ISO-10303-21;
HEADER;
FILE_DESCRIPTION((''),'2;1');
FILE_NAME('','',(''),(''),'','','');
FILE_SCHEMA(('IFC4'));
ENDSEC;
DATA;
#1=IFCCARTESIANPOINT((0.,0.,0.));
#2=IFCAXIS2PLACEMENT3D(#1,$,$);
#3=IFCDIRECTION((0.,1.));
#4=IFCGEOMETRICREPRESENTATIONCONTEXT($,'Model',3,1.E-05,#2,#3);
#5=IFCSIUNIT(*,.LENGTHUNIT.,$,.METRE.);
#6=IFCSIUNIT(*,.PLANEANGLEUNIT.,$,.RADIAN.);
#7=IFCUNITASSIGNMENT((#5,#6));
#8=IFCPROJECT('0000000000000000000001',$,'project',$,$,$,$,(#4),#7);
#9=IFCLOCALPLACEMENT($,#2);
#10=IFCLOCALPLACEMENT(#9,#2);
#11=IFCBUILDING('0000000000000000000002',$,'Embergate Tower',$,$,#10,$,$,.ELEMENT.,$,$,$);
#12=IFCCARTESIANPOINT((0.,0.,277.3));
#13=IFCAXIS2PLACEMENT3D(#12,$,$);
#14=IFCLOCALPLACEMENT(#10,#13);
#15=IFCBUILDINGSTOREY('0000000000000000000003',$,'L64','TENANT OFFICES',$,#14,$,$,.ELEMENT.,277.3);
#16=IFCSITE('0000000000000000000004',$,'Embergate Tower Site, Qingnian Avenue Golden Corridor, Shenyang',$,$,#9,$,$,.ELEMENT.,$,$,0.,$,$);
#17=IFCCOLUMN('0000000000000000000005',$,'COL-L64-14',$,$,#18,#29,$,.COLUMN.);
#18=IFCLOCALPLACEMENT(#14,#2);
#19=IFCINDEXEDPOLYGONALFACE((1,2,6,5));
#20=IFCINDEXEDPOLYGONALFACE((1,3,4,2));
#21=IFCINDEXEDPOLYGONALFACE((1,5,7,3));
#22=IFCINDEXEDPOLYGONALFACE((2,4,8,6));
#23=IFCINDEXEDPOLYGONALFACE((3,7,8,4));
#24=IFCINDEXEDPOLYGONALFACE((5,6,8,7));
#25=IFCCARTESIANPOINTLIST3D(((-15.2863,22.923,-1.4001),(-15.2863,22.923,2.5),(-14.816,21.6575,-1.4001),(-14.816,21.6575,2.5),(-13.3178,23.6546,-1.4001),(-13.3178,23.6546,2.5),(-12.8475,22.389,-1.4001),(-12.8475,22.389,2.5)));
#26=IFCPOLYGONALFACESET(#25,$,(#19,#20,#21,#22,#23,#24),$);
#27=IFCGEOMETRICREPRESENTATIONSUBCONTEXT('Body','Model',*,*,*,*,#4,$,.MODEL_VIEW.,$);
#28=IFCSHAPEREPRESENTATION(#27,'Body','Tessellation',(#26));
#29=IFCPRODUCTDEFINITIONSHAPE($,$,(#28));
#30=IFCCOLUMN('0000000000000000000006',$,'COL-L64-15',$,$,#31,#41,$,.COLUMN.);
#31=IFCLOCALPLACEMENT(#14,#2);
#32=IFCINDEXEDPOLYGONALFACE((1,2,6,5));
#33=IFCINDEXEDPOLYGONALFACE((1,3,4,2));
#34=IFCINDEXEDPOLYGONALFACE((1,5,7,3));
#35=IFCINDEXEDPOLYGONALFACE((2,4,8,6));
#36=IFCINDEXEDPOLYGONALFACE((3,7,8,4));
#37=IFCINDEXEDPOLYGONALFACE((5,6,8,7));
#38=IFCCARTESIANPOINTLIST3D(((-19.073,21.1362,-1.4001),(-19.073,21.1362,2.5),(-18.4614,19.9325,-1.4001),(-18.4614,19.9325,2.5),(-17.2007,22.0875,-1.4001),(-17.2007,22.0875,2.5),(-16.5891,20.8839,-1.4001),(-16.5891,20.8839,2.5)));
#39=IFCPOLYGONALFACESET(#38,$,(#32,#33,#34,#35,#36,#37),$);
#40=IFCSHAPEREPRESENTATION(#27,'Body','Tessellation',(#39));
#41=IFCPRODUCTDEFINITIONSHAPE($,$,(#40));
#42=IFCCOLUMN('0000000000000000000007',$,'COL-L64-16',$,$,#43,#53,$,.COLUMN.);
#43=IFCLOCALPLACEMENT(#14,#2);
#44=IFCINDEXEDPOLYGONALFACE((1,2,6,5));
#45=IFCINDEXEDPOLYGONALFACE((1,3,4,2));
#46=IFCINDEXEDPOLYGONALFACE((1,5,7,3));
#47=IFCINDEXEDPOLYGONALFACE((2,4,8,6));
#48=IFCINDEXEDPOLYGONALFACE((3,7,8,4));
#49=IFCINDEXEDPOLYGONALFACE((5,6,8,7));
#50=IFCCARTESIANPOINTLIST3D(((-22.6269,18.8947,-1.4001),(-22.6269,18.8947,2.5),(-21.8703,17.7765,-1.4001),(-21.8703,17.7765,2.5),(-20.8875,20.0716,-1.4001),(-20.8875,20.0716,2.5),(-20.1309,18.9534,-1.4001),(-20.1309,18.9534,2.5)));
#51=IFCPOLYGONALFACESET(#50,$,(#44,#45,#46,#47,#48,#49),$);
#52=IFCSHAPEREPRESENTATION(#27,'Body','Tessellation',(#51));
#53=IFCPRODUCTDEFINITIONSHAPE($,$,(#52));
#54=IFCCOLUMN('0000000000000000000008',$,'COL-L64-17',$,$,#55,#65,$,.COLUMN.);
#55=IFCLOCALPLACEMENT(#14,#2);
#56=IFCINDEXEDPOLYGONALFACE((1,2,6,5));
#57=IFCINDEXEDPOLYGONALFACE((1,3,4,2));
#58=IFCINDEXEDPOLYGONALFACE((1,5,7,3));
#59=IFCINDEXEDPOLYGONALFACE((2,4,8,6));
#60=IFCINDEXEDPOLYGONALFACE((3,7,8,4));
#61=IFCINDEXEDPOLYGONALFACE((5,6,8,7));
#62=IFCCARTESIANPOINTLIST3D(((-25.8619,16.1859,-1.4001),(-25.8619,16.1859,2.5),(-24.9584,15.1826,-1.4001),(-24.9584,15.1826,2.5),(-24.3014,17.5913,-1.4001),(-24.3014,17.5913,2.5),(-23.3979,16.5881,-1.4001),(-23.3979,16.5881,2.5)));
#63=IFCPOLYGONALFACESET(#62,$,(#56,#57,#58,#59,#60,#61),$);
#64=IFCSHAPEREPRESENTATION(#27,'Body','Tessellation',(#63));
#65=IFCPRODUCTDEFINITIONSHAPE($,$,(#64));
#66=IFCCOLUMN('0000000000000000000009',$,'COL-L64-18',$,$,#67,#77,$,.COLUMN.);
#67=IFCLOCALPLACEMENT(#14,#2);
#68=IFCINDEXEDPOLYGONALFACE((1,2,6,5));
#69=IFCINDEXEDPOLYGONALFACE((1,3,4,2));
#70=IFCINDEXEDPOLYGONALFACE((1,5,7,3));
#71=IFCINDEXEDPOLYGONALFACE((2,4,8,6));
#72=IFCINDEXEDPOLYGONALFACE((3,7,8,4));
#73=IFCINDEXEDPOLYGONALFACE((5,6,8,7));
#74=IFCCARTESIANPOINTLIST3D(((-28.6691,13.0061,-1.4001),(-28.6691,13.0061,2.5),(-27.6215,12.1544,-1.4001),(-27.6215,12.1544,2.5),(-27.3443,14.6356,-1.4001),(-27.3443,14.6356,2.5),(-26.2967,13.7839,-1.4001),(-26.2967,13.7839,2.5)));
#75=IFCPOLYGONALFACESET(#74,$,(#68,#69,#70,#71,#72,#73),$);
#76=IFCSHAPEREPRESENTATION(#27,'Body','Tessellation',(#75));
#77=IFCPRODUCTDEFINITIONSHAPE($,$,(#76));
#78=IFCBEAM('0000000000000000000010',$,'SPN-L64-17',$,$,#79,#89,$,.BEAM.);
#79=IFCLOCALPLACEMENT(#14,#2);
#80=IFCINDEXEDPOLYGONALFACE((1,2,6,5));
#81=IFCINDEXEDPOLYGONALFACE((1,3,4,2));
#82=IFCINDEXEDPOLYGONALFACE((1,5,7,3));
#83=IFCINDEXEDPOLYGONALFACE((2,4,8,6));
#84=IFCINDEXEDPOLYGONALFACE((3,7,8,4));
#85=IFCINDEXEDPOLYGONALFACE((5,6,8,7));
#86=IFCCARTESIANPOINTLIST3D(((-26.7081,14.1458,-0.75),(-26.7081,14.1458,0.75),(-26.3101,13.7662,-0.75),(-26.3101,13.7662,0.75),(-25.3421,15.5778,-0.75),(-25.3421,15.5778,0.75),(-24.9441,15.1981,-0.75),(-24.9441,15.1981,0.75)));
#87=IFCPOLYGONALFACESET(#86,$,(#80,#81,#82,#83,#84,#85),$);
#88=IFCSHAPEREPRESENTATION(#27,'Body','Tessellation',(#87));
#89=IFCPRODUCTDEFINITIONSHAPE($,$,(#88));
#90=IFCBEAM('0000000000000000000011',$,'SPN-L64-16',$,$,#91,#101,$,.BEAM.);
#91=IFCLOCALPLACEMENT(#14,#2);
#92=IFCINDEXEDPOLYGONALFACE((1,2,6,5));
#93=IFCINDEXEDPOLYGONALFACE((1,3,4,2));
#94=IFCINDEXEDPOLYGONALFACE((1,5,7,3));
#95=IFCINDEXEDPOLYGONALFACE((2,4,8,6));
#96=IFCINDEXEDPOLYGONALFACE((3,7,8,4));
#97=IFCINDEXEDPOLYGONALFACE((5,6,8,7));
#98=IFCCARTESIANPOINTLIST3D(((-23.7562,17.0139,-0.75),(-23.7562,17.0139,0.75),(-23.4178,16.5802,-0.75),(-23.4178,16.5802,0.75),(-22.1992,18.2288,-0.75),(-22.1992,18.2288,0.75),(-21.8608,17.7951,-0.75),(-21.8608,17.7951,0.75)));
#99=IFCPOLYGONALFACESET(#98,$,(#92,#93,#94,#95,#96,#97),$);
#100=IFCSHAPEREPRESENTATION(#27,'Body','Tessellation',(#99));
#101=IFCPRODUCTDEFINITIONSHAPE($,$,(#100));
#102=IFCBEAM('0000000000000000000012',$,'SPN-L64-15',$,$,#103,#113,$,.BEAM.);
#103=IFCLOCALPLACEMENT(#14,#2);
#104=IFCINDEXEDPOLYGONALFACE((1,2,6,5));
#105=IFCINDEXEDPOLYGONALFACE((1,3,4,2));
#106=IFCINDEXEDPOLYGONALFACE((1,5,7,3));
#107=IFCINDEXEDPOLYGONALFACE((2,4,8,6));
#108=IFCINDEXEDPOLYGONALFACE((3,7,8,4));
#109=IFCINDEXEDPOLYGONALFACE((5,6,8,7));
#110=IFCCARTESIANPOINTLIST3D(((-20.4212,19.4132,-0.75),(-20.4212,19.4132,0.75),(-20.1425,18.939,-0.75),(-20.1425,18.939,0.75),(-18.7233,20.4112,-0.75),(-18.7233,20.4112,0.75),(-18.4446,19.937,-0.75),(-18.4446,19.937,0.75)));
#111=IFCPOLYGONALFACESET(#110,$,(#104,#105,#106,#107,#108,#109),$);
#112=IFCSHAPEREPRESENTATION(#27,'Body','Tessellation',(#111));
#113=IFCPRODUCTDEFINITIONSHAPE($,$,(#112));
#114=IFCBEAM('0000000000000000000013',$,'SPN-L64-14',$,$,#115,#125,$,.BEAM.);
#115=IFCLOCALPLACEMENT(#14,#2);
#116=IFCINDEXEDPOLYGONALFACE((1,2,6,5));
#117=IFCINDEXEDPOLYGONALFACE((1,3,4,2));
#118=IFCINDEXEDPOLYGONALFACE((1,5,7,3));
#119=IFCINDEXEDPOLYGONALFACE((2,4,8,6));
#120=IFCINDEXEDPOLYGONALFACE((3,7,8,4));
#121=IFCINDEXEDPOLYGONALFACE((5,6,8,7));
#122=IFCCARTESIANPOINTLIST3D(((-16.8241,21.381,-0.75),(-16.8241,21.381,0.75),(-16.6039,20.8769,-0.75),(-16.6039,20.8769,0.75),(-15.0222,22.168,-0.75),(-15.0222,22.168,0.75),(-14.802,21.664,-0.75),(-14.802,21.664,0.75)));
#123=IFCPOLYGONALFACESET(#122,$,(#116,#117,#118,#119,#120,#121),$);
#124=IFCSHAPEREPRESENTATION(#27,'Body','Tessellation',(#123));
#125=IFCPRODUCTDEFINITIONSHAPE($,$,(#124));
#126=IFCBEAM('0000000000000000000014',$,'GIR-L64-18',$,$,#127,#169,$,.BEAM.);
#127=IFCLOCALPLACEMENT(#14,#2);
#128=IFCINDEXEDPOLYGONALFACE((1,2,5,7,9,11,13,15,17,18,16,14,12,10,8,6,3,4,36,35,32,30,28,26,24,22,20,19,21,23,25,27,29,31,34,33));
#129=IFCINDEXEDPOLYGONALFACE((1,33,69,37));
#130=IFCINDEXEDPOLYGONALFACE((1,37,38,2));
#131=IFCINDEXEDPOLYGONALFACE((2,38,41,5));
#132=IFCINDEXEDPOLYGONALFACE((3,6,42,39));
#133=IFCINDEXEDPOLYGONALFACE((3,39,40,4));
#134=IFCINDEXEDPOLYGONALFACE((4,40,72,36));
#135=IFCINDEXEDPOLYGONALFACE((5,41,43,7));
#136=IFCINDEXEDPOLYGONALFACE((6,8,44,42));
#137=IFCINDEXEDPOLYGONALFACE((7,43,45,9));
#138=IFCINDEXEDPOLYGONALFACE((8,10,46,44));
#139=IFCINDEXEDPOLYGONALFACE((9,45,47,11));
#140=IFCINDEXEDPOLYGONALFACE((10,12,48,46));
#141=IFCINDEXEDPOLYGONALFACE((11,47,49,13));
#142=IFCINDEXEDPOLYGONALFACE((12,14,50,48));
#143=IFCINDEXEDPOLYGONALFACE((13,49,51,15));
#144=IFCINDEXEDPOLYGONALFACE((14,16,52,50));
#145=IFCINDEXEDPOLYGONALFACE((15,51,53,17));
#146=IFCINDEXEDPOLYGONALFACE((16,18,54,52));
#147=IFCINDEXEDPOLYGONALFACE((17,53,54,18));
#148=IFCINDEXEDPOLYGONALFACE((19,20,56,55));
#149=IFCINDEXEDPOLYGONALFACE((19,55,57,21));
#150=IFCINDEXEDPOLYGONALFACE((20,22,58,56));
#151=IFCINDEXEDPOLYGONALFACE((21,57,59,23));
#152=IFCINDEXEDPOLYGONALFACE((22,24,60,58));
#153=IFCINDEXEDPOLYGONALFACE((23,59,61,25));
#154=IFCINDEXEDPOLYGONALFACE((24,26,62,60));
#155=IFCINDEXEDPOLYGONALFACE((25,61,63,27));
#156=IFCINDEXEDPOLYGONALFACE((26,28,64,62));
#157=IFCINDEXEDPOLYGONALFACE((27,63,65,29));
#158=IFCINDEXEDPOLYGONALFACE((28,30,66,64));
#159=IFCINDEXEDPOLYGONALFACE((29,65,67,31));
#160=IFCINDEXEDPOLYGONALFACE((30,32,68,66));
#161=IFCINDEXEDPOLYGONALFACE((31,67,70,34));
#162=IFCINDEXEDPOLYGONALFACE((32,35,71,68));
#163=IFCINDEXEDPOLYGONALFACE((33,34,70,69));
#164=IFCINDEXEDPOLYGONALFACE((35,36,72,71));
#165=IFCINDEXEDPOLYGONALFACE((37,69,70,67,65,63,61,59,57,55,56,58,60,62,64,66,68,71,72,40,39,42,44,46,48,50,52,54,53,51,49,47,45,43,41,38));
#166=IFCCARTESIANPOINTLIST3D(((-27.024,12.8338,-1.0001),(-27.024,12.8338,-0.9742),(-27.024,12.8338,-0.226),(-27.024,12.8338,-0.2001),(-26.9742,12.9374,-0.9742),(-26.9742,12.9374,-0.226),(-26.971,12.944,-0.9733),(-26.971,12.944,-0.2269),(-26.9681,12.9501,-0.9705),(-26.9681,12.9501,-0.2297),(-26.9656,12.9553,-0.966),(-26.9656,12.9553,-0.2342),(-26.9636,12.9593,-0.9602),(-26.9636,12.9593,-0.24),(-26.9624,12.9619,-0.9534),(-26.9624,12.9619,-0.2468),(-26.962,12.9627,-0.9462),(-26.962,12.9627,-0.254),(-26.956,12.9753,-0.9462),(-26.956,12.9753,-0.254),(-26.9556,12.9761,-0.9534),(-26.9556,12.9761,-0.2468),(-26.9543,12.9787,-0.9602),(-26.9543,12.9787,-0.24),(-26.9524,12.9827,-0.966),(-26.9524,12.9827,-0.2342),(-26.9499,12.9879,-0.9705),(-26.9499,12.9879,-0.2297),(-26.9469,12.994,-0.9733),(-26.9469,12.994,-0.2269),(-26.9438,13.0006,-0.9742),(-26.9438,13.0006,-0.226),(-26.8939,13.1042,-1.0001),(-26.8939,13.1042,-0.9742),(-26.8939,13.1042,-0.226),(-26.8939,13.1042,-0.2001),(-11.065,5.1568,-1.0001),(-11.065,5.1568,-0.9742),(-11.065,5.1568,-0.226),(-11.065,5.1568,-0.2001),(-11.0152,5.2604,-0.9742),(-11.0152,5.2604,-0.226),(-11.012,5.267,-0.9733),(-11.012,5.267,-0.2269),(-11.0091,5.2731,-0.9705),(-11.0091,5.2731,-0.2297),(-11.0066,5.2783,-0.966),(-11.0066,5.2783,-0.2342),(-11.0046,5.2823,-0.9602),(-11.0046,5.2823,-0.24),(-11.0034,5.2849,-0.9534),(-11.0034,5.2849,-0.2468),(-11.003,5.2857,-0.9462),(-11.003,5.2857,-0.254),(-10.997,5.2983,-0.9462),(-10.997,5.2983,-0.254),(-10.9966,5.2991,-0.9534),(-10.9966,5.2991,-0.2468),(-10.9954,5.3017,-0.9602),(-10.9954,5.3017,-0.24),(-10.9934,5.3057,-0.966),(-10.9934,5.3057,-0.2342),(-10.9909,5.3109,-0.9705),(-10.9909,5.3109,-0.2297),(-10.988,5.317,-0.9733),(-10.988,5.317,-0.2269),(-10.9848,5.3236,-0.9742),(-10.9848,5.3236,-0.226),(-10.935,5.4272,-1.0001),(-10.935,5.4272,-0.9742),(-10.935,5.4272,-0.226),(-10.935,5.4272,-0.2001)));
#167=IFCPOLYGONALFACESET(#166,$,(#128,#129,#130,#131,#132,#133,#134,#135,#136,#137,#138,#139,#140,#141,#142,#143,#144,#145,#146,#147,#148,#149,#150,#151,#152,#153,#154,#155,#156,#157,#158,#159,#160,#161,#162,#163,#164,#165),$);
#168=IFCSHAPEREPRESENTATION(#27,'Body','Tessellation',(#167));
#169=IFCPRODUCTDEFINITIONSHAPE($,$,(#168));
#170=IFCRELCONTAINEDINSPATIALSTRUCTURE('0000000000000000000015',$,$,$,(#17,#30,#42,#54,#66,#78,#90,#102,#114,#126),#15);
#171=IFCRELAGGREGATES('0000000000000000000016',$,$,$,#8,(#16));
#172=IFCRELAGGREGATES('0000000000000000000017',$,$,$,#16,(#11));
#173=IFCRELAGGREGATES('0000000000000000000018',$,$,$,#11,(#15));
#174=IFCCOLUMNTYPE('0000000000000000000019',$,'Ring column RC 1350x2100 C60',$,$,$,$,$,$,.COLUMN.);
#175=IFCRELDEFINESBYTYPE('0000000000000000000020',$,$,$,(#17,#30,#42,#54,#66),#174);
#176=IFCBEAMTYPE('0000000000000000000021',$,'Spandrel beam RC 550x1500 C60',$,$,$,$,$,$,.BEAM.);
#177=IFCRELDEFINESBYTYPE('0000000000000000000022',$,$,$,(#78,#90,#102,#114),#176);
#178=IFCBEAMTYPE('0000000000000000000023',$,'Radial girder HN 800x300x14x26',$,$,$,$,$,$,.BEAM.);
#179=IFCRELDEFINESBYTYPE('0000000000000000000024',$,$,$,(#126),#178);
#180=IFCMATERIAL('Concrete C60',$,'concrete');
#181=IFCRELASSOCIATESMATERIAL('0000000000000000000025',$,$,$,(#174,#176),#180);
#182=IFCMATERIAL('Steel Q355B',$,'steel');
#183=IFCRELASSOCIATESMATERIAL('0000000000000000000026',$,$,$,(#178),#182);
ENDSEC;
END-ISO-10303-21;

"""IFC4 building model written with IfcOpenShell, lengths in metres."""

from ifc_helpers import new_model, si_unit, direction, frame, origin, origin_2d, place, context, subcontext, project, spatial, rectangle, i_section, extrude, source, transform, mapped, material, material_profile, profile_set, type_object, element, save


model = new_model("IFC4")

# Units and contexts
model_context = context("Model", 3, precision=1e-05, world=origin(), true_north=direction((0.0, 1.0)))
body_context = subcontext(model_context, "Body", "Model", "MODEL_VIEW")
ifc_project = project(units=[si_unit("LENGTHUNIT", "METRE"), si_unit("PLANEANGLEUNIT", "RADIAN")], contexts=[model_context])

# Site, building, storey
site_placement = place(None, origin())
site = spatial("IfcSite", under=ifc_project, at=site_placement, Name="Embergate Tower Site, Qingnian Avenue Golden Corridor, Shenyang", CompositionType="ELEMENT", RefElevation=0.0)
building_placement = place(site_placement, origin())
building = spatial("IfcBuilding", under=site, at=building_placement, Name="Embergate Tower", CompositionType="ELEMENT")
storey_placement = place(building_placement, frame((0.0, 0.0, 277.3)))
storey = spatial("IfcBuildingStorey", under=building, at=storey_placement, Name="L64", Description="TENANT OFFICES", CompositionType="ELEMENT", Elevation=277.3)

# Columns
ifc_material_1 = material(Name="Concrete C60", Category="concrete")
ifc_material_profile_1 = material_profile(ifc_material_1, rectangle(XDim=1.3501, YDim=2.1001, at=origin_2d()), Name="RC 1350x2100")
ifc_profile_set_1 = profile_set([ifc_material_profile_1], Name="Concrete C60")
column_type = type_object("IfcColumnType", Name="Ring column RC 1350x2100 C60", PredefinedType="COLUMN", material=ifc_profile_set_1)
shared_shape_1 = source(origin(), body_context, "Body", "SweptSolid", [
    extrude(rectangle(XDim=1.3501, YDim=2.1001, at=origin_2d()), origin(), (0.0, 0.0, 1.0), 3.9001),
])
for number, where, z_axis, x_axis, name in (
    (1, (-14.0669, 22.656, -1.4001), (0.0, 0.0, 1.0), (-0.348343, 0.937367, 0.0), "COL-L64-14"),
    (2, (-17.8311, 21.01, -1.4001), (0.0, 0.0, 1.0), (-0.452995, 0.891513, 0.0), "COL-L64-15"),
    (3, (-21.3789, 18.9241, -1.4001), (0.0, 0.0, 1.0), (-0.560393, 0.828227, 0.0), "COL-L64-16"),
    (4, (-24.6299, 16.387, -1.4001), (0.0, 0.0, 1.0), (-0.669208, 0.743075, 0.0), "COL-L64-17"),
    (5, (-27.4829, 13.395, -1.4001), (0.0, 0.0, 1.0), (-0.775914, 0.630838, 0.0), "COL-L64-18"),
):
    element("IfcColumn", number, at=place(storey_placement, frame(where, z_axis=z_axis, x_axis=x_axis)), inside=storey, type_object=column_type, Name=name, PredefinedType="COLUMN", context=body_context, shape_type="MappedRepresentation", body=[
        mapped(shared_shape_1, transform((0.0, 0.0, 0.0))),
    ])

# Beams
ifc_material_profile_2 = material_profile(ifc_material_1, rectangle(XDim=0.55, YDim=1.5, at=origin_2d()), Name="RC 550x1500")
ifc_profile_set_2 = profile_set([ifc_material_profile_2], Name="Concrete C60")
beam_type_1 = type_object("IfcBeamType", Name="Spandrel beam RC 550x1500 C60", PredefinedType="BEAM", material=ifc_profile_set_2)
shared_shape_2 = source(origin(), body_context, "Body", "SweptSolid", [
    extrude(rectangle(XDim=0.55, YDim=1.5, at=origin_2d()), origin(), (0.0, 0.0, 1.0), 1.979),
])
beam_1_placement = place(storey_placement, frame((-25.1431, 15.3879, 0.0), z_axis=(-0.690256, -0.723566, 0.0), x_axis=(0.723566, -0.690256, 0.0)))
element("IfcBeam", 6, at=beam_1_placement, inside=storey, type_object=beam_type_1, Name="SPN-L64-17", PredefinedType="BEAM", context=body_context, shape_type="MappedRepresentation", body=[
    mapped(shared_shape_2, transform((0.0, 0.0, 0.0))),
])
shared_shape_3 = source(origin(), body_context, "Body", "SweptSolid", [
    extrude(rectangle(XDim=0.55, YDim=1.5, at=origin_2d()), origin(), (0.0, 0.0, 1.0), 1.9749),
])
beam_2_placement = place(storey_placement, frame((-22.03, 18.012, 0.0), z_axis=(-0.788386, -0.615181, 0.0), x_axis=(0.615181, -0.788386, 0.0)))
element("IfcBeam", 7, at=beam_2_placement, inside=storey, type_object=beam_type_1, Name="SPN-L64-16", PredefinedType="BEAM", context=body_context, shape_type="MappedRepresentation", body=[
    mapped(shared_shape_3, transform((0.0, 0.0, 0.0))),
])
shared_shape_4 = source(origin(), body_context, "Body", "SweptSolid", [
    extrude(rectangle(XDim=0.55, YDim=1.5, at=origin_2d()), origin(), (0.0, 0.0, 1.0), 1.9695),
])
beam_3_placement = place(storey_placement, frame((-18.584, 20.1741, 0.0), z_axis=(-0.862106, -0.506728, 0.0), x_axis=(0.506728, -0.862106, 0.0)))
element("IfcBeam", 8, at=beam_3_placement, inside=storey, type_object=beam_type_1, Name="SPN-L64-15", PredefinedType="BEAM", context=body_context, shape_type="MappedRepresentation", body=[
    mapped(shared_shape_4, transform((0.0, 0.0, 0.0))),
])
shared_shape_5 = source(origin(), body_context, "Body", "SweptSolid", [
    extrude(rectangle(XDim=0.55, YDim=1.5, at=origin_2d()), origin(), (0.0, 0.0, 1.0), 1.9663),
])
beam_4_placement = place(storey_placement, frame((-14.9121, 21.916, 0.0), z_axis=(-0.916394, -0.400278, 0.0), x_axis=(0.400278, -0.916394, 0.0)))
element("IfcBeam", 9, at=beam_4_placement, inside=storey, type_object=beam_type_1, Name="SPN-L64-14", PredefinedType="BEAM", context=body_context, shape_type="MappedRepresentation", body=[
    mapped(shared_shape_5, transform((0.0, 0.0, 0.0))),
])
ifc_material_2 = material(Name="Steel Q355B", Category="steel")
ifc_material_profile_3 = material_profile(ifc_material_2, i_section(OverallWidth=0.3, OverallDepth=0.8, WebThickness=0.0139, FlangeThickness=0.0259, FilletRadius=0.0281, at=origin_2d()), Name="HN 800x300x14x26")
ifc_profile_set_3 = profile_set([ifc_material_profile_3], Name="Steel Q355 grade B")
beam_type_2 = type_object("IfcBeamType", Name="Radial girder HN 800x300x14x26", PredefinedType="BEAM", material=ifc_profile_set_3)
shared_shape_6 = source(origin(), body_context, "Body", "SweptSolid", [
    extrude(i_section(OverallWidth=0.3, OverallDepth=0.8, WebThickness=0.0139, FlangeThickness=0.0259, FilletRadius=0.0281, at=origin_2d()), origin(), (0.0, 0.0, 1.0), 17.7095),
])
beam_5_placement = place(storey_placement, frame((-26.959, 12.969, -0.6001), z_axis=(0.901155, -0.433497, 0.0), x_axis=(0.433497, 0.901155, 0.0)))
element("IfcBeam", 10, at=beam_5_placement, inside=storey, type_object=beam_type_2, Name="GIR-L64-18", PredefinedType="BEAM", context=body_context, shape_type="MappedRepresentation", body=[
    mapped(shared_shape_6, transform((0.0, 0.0, 0.0))),
])

save(model, "model.ifc")
